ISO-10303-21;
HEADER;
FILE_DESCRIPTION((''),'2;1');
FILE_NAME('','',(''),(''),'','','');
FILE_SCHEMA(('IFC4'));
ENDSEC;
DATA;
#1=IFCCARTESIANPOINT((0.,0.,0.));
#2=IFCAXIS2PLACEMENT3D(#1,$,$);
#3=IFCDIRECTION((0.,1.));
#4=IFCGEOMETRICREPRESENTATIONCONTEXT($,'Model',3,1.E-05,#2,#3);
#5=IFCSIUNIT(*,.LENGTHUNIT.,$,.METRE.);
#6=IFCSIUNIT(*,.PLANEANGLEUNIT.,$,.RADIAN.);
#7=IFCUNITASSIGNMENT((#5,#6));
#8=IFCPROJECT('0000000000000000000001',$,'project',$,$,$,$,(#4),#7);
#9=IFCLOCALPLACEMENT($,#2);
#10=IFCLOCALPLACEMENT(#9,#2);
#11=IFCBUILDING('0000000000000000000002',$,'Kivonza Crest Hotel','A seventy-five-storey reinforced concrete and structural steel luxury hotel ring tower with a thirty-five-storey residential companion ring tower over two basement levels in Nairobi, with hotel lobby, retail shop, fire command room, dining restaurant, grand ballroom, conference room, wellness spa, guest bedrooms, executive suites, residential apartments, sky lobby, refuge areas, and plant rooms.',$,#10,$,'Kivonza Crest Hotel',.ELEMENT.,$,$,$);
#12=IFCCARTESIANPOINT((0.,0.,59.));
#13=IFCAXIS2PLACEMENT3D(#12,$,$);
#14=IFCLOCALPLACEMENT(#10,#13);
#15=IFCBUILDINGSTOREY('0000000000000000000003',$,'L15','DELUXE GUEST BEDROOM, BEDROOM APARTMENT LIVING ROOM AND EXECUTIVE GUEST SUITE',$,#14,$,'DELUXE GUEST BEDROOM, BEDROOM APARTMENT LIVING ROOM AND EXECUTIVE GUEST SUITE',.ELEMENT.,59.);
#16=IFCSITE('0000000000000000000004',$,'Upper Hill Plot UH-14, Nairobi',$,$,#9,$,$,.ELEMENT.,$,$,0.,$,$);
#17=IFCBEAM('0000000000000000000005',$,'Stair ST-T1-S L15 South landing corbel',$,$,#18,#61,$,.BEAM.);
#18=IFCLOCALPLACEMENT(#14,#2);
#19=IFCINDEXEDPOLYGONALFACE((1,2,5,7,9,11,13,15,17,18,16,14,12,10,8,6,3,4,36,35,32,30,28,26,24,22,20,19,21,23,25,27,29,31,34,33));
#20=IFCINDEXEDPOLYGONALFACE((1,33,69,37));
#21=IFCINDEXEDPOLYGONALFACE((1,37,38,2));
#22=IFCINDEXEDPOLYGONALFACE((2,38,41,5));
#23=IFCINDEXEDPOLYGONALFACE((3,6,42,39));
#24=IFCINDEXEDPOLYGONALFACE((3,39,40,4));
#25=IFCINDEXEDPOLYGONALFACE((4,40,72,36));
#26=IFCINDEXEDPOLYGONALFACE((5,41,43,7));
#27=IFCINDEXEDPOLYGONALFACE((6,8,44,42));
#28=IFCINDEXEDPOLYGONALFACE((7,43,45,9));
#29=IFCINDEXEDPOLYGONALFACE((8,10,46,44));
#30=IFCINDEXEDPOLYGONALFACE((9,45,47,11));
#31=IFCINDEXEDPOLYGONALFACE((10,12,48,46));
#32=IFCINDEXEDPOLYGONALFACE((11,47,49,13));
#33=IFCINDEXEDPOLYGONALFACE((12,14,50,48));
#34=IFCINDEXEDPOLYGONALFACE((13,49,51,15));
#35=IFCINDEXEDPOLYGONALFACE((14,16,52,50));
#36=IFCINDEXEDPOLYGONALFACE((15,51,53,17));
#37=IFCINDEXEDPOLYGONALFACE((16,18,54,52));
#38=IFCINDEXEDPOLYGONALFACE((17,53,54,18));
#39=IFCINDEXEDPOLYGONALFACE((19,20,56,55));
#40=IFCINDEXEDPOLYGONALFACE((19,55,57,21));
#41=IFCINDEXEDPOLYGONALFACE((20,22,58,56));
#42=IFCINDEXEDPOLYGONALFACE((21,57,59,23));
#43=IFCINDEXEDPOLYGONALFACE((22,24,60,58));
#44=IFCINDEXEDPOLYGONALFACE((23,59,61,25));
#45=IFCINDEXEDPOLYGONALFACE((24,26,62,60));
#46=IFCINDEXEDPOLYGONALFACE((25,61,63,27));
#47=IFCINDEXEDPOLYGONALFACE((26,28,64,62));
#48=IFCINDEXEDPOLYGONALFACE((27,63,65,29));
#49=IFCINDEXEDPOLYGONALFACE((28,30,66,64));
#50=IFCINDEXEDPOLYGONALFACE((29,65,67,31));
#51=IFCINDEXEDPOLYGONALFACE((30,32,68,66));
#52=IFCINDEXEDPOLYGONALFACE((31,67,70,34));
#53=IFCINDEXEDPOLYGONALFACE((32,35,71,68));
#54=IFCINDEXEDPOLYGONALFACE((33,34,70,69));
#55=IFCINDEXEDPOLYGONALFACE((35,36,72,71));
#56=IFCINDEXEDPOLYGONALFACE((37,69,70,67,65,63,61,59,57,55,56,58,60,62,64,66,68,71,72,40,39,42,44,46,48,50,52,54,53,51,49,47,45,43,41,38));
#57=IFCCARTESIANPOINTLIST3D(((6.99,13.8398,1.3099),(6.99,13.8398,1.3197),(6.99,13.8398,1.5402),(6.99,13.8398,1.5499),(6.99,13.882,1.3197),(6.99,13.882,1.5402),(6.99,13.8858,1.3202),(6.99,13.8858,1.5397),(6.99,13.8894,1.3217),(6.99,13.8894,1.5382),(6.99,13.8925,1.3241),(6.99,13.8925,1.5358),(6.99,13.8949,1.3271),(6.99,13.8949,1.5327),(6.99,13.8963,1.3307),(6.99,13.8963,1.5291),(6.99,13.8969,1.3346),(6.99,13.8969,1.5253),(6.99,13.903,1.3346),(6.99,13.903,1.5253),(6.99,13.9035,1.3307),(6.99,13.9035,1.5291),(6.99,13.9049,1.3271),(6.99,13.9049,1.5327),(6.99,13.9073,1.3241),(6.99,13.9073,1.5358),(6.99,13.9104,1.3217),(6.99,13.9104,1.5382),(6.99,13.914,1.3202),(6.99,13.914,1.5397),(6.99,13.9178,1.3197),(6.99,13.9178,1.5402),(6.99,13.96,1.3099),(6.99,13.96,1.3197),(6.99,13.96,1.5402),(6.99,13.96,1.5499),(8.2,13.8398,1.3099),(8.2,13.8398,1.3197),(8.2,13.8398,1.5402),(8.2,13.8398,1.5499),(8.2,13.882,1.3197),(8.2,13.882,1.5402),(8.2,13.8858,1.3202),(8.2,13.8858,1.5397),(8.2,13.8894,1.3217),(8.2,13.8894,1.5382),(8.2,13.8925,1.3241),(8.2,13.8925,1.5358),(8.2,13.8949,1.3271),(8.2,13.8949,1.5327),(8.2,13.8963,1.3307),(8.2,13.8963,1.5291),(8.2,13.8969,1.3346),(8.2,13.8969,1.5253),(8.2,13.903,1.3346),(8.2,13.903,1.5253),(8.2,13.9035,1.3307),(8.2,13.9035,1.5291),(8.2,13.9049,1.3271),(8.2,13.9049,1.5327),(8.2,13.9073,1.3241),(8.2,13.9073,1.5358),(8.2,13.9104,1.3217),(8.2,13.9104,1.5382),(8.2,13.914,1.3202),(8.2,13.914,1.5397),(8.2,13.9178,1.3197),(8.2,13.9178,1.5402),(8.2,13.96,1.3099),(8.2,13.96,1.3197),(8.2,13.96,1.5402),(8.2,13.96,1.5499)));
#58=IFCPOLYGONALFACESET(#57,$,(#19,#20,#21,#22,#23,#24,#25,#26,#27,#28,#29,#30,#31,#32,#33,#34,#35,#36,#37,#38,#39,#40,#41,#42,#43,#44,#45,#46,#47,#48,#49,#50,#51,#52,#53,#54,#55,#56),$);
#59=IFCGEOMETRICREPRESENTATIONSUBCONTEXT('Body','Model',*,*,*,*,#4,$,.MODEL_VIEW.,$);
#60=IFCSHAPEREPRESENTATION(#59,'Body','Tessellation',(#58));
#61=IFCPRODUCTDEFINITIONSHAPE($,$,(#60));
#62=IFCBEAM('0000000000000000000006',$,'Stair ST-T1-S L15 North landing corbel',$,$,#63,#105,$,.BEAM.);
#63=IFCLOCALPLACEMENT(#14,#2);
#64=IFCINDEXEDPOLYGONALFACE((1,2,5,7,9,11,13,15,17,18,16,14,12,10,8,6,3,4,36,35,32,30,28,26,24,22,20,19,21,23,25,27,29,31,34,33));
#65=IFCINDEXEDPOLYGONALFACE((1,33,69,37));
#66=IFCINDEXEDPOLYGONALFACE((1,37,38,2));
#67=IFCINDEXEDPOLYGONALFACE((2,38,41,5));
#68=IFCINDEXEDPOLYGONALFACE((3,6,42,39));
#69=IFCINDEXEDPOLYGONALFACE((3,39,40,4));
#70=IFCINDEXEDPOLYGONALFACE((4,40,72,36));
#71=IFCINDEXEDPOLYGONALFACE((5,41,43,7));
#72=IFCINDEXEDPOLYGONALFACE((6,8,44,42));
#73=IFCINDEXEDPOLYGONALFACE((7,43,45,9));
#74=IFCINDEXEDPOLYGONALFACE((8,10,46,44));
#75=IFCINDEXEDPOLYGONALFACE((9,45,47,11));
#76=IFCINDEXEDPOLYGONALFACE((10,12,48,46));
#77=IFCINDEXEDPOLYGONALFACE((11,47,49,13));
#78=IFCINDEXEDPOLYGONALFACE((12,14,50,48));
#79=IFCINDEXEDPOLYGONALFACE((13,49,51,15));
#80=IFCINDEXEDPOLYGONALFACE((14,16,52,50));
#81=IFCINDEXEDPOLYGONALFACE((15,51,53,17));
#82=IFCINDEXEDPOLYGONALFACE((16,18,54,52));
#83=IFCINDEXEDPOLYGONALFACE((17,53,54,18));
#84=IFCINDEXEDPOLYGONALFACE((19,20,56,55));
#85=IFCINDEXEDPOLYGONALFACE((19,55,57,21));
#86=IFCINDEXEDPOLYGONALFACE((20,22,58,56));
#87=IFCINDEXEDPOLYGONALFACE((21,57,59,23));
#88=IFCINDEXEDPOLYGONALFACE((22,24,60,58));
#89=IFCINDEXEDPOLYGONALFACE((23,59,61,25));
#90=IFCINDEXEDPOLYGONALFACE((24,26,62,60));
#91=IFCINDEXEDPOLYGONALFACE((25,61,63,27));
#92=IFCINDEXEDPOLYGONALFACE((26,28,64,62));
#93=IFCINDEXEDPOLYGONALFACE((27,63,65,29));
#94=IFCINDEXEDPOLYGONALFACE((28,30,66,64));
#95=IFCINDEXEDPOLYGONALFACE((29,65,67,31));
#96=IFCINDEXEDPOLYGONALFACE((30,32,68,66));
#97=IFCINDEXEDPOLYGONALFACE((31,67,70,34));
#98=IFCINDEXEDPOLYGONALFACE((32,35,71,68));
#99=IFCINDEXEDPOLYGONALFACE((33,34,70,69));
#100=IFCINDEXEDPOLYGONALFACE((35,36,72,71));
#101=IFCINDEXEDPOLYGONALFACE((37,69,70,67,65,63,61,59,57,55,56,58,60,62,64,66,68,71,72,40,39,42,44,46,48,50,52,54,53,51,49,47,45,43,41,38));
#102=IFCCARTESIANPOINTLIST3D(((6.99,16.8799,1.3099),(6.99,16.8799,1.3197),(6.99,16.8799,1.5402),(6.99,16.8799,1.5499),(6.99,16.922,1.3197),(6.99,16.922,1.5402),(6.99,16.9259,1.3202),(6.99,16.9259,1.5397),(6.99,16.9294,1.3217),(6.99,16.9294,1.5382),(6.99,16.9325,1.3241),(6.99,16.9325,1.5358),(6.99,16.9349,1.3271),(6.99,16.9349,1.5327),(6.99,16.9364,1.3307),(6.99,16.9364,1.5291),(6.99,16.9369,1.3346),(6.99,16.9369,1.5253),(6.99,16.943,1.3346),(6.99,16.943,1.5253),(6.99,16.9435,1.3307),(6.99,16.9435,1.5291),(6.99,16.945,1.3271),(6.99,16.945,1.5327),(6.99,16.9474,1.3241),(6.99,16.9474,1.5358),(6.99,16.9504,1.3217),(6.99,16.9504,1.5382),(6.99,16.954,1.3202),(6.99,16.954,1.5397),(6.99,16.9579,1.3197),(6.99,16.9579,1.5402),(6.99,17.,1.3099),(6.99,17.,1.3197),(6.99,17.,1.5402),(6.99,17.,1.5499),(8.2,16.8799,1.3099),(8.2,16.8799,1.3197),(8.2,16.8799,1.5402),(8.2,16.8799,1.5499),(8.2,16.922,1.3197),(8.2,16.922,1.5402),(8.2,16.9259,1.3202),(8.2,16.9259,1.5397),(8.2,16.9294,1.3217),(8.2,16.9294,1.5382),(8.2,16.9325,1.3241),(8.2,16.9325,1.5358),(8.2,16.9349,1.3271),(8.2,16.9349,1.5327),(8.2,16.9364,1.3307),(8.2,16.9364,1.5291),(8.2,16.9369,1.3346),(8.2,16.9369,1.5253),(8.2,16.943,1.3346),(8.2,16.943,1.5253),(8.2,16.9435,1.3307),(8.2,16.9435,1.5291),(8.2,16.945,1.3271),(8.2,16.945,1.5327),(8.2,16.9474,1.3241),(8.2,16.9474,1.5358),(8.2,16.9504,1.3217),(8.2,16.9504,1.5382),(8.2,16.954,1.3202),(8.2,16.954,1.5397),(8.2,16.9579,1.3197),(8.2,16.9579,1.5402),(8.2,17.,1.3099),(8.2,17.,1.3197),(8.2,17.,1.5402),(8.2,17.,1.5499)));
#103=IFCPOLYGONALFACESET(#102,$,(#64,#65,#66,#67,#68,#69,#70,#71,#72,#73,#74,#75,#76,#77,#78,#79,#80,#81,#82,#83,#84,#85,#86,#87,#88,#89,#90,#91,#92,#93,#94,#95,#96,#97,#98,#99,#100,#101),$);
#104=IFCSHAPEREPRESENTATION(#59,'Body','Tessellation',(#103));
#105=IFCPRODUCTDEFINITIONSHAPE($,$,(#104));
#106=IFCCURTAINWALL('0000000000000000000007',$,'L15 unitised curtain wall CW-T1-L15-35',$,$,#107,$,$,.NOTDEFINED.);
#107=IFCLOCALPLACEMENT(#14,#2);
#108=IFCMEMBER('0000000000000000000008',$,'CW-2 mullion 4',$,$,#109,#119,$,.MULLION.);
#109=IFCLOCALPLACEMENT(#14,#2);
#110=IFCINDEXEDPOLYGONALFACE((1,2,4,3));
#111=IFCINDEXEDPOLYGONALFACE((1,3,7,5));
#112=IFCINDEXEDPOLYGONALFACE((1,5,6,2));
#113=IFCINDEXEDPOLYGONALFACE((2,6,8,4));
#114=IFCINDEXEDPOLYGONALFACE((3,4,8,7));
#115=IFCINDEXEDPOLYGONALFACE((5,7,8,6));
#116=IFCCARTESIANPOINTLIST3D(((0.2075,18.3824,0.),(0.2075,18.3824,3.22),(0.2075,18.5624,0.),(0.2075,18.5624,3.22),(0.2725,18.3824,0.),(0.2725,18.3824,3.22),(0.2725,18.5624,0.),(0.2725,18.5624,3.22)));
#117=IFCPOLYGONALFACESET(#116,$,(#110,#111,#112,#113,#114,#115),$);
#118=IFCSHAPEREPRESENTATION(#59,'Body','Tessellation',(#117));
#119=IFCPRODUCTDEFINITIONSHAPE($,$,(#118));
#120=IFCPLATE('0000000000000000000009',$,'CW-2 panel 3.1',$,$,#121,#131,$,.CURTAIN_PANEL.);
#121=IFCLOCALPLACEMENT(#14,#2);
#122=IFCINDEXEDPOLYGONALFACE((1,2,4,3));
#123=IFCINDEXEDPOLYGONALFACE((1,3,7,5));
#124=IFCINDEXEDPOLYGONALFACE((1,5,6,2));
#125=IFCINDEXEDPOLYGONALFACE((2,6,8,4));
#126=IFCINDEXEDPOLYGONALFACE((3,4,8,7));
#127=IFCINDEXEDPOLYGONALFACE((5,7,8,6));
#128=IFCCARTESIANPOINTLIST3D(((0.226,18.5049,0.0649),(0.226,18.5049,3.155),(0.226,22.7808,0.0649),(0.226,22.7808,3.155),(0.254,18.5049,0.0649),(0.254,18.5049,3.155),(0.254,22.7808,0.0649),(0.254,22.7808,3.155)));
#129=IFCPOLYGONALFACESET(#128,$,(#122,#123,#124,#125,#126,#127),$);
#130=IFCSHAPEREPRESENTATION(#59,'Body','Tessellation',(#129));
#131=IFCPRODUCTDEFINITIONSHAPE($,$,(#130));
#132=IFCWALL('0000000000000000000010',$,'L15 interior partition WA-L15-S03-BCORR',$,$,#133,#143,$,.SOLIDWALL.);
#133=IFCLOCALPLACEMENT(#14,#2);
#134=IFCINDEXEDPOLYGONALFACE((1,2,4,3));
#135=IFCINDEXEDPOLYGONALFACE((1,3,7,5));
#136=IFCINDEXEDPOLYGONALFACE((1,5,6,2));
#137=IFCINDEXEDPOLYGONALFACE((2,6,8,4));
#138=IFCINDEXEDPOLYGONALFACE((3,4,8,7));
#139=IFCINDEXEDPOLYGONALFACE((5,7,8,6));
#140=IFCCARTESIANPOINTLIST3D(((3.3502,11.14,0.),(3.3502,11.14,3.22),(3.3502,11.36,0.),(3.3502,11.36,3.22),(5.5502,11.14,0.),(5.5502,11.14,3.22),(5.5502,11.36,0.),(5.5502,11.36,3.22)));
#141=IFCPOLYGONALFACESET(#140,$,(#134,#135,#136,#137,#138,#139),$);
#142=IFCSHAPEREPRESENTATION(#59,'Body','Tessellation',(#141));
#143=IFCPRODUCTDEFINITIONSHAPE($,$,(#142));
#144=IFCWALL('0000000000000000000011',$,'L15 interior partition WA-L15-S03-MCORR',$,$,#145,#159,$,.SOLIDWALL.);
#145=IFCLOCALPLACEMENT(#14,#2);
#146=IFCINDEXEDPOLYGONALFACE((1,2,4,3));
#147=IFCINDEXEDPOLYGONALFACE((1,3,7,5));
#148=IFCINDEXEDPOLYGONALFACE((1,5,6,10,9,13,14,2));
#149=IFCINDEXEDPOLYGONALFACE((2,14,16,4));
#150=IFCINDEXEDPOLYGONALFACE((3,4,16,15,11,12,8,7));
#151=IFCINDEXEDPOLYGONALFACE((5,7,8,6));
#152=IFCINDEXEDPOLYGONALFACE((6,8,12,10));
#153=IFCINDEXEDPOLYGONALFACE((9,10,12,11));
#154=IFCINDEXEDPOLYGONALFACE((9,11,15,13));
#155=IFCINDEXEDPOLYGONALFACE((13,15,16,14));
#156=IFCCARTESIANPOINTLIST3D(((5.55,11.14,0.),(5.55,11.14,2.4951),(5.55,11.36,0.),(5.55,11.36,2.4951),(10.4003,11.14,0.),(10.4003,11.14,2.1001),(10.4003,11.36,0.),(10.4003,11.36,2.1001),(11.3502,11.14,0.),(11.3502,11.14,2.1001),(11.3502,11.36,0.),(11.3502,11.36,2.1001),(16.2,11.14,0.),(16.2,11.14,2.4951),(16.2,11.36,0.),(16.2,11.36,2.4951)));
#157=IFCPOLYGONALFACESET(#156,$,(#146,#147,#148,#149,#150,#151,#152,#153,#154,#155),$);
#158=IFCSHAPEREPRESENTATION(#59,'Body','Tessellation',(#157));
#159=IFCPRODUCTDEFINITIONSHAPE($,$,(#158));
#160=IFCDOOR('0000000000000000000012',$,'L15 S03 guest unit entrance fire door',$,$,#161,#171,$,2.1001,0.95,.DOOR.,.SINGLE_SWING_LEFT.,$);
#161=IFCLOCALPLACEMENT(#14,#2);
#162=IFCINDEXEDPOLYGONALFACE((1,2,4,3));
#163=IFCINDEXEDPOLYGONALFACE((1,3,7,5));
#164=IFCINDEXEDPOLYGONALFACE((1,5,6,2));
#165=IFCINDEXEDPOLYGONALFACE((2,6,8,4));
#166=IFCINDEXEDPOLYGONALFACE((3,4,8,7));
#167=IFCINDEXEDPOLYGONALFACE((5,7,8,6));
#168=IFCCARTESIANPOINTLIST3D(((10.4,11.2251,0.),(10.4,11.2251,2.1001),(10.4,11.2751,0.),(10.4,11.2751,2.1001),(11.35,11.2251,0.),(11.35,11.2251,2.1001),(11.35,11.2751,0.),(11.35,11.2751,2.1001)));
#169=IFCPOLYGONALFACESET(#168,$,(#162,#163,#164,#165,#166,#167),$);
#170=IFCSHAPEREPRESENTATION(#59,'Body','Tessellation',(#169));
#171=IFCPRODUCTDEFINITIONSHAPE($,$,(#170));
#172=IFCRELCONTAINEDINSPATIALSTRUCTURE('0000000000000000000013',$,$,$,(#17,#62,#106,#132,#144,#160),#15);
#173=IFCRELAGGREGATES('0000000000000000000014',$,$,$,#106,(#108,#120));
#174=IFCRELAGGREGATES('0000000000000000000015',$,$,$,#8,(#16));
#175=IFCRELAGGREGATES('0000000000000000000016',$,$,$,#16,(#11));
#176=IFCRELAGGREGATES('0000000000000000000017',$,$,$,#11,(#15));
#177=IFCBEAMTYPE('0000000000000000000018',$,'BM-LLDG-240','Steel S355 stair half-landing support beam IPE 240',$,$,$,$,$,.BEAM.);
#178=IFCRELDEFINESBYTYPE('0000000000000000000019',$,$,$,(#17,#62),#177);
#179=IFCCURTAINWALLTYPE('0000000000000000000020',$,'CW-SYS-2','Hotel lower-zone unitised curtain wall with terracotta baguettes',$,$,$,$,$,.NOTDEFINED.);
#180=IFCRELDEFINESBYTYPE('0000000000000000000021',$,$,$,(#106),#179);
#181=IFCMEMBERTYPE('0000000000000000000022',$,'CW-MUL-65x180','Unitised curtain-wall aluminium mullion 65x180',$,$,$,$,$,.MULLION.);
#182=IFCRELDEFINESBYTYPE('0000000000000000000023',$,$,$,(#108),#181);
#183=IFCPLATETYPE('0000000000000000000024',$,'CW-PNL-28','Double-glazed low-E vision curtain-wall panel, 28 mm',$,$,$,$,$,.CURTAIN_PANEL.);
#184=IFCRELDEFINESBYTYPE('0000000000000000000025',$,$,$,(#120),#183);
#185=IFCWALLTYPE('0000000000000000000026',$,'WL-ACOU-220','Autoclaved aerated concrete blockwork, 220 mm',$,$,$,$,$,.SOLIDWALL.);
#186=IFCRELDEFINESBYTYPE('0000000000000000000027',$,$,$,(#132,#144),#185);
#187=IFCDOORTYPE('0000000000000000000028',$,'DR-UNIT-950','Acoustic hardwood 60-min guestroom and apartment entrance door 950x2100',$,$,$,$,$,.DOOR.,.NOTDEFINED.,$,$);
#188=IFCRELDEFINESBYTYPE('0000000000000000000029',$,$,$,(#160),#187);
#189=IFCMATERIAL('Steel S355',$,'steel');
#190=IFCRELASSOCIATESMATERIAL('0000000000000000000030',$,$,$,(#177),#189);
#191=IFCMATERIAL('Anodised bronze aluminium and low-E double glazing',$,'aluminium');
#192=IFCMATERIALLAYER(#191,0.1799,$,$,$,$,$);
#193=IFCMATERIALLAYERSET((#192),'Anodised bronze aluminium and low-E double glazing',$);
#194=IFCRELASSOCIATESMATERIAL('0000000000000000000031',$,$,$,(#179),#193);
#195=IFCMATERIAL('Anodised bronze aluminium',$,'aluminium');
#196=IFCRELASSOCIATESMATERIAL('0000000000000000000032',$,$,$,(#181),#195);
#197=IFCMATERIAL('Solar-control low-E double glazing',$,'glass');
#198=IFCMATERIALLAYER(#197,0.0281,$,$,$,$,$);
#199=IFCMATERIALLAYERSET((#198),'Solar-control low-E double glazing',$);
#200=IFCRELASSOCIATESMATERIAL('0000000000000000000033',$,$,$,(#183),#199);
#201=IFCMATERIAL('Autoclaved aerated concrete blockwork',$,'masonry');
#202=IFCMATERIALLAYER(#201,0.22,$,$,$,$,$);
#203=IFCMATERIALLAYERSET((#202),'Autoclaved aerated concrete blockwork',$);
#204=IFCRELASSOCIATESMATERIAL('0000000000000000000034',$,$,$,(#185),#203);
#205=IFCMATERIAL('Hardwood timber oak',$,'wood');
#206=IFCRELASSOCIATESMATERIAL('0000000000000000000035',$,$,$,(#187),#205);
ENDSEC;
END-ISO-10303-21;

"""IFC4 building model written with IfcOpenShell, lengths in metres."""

from ifc_helpers import new_model, si_unit, direction, frame, frame_2d, origin, origin_2d, place, context, subcontext, project, spatial, rectangle, i_section, extrude, material, layer, layer_set, material_profile, profile_set, type_object, element, fill, aggregate, save


model = new_model("IFC4")

# Units and contexts
model_context = context("Model", 3, precision=1e-05, world=origin(), true_north=direction((0.0, 1.0)))
body_context = subcontext(model_context, "Body", "Model", "MODEL_VIEW")
ifc_project = project(units=[si_unit("LENGTHUNIT", "METRE"), si_unit("PLANEANGLEUNIT", "RADIAN")], contexts=[model_context])

# Site, building, storey
site_placement = place(None, origin())
site = spatial("IfcSite", under=ifc_project, at=site_placement, Name="Upper Hill Plot UH-14, Nairobi", CompositionType="ELEMENT", RefElevation=0.0)
building_placement = place(site_placement, origin())
building = spatial("IfcBuilding", under=site, at=building_placement, Name="Kivonza Crest Hotel", Description="A seventy-five-storey reinforced concrete and structural steel luxury hotel ring tower with a thirty-five-storey residential companion ring tower over two basement levels in Nairobi, with hotel lobby, retail shop, fire command room, dining restaurant, grand ballroom, conference room, wellness spa, guest bedrooms, executive suites, residential apartments, sky lobby, refuge areas, and plant rooms.", LongName="Kivonza Crest Hotel", CompositionType="ELEMENT")
storey_placement = place(building_placement, frame((0.0, 0.0, 59.0)))
storey = spatial("IfcBuildingStorey", under=building, at=storey_placement, Name="L15", Description="DELUXE GUEST BEDROOM, BEDROOM APARTMENT LIVING ROOM AND EXECUTIVE GUEST SUITE", LongName="DELUXE GUEST BEDROOM, BEDROOM APARTMENT LIVING ROOM AND EXECUTIVE GUEST SUITE", CompositionType="ELEMENT", Elevation=59.0)

# Beams
ifc_material_1 = material(Name="Steel S355", Category="steel")
ifc_material_profile_1 = material_profile(ifc_material_1, i_section(OverallWidth=0.1201, OverallDepth=0.24, WebThickness=0.0061, FlangeThickness=0.0098, FilletRadius=0.0149, at=origin_2d()), Name="IPE 240")
ifc_profile_set_1 = profile_set([ifc_material_profile_1], Name="Steel S355")
beam_type_1 = type_object("IfcBeamType", Name="BM-LLDG-240", Description="Steel S355 stair half-landing support beam IPE 240", PredefinedType="BEAM", material=ifc_profile_set_1)
for number, where, z_axis, x_axis, name in (
    (1, (6.99, 13.8999, 1.4299), (1.0, 0.0, 0.0), (0.0, 1.0, 0.0), "Stair ST-T1-S L15 South landing corbel"),
    (2, (6.99, 16.9399, 1.4299), (1.0, 0.0, 0.0), (0.0, 1.0, 0.0), "Stair ST-T1-S L15 North landing corbel"),
):
    element("IfcBeam", number, at=place(storey_placement, frame(where, z_axis=z_axis, x_axis=x_axis)), inside=storey, type_object=beam_type_1, Name=name, PredefinedType="BEAM", context=body_context, shape_type="SweptSolid", body=[
        extrude(i_section(OverallWidth=0.1201, OverallDepth=0.24, WebThickness=0.0061, FlangeThickness=0.0098, FilletRadius=0.0149, at=origin_2d()), origin(), (0.0, 0.0, 1.0), 1.21),
    ])

# Curtain wall, member, plate
ifc_material_2 = material(Name="Anodised bronze aluminium and low-E double glazing", Category="aluminium")
ifc_layer_1 = layer(ifc_material_2, 0.1799)
ifc_layer_set_1 = layer_set([ifc_layer_1], Name="Anodised bronze aluminium and low-E double glazing")
curtain_wall_type = type_object("IfcCurtainWallType", Name="CW-SYS-2", Description="Hotel lower-zone unitised curtain wall with terracotta baguettes", PredefinedType="NOTDEFINED", material=ifc_layer_set_1)
curtain_wall_placement = place(storey_placement, origin())
curtain_wall = element("IfcCurtainWall", 3, at=curtain_wall_placement, inside=storey, type_object=curtain_wall_type, Name="L15 unitised curtain wall CW-T1-L15-35", PredefinedType="NOTDEFINED")
ifc_material_3 = material(Name="Anodised bronze aluminium", Category="aluminium")
ifc_material_profile_2 = material_profile(ifc_material_3, rectangle(XDim=0.0649, YDim=0.1799, at=origin_2d()), Name="CW-M 65x180")
ifc_profile_set_2 = profile_set([ifc_material_profile_2], Name="Anodised bronze aluminium")
member_type = type_object("IfcMemberType", Name="CW-MUL-65x180", Description="Unitised curtain-wall aluminium mullion 65x180", PredefinedType="MULLION", material=ifc_profile_set_2)
member_placement = place(storey_placement, frame((0.24, 18.4724, 0.0), z_axis=(0.0, 0.0, 1.0), x_axis=(1.0, 0.0, 0.0)))
member = element("IfcMember", 4, at=member_placement, type_object=member_type, Name="CW-2 mullion 4", PredefinedType="MULLION", context=body_context, shape_type="SweptSolid", body=[
    extrude(rectangle(XDim=0.0649, YDim=0.1799, at=origin_2d()), origin(), (0.0, 0.0, 1.0), 3.22),
])
ifc_material_4 = material(Name="Solar-control low-E double glazing", Category="glass")
ifc_layer_2 = layer(ifc_material_4, 0.0281)
ifc_layer_set_2 = layer_set([ifc_layer_2], Name="Solar-control low-E double glazing")
plate_type = type_object("IfcPlateType", Name="CW-PNL-28", Description="Double-glazed low-E vision curtain-wall panel, 28 mm", PredefinedType="CURTAIN_PANEL", material=ifc_layer_set_2)
plate_placement = place(storey_placement, frame((0.24, 20.6428, 0.0649), z_axis=(0.0, 0.0, 1.0), x_axis=(0.0, -1.0, 0.0)))
plate = element("IfcPlate", 5, at=plate_placement, type_object=plate_type, Name="CW-2 panel 3.1", PredefinedType="CURTAIN_PANEL", context=body_context, shape_type="SweptSolid", body=[
    extrude(rectangle(XDim=4.2759, YDim=0.0281, at=origin_2d()), origin(), (0.0, 0.0, 1.0), 3.0901),
])
aggregate(curtain_wall, [member, plate])

# Wall
ifc_material_5 = material(Name="Autoclaved aerated concrete blockwork", Category="masonry")
ifc_layer_3 = layer(ifc_material_5, 0.22)
ifc_layer_set_3 = layer_set([ifc_layer_3], Name="Autoclaved aerated concrete blockwork")
wall_type_1 = type_object("IfcWallType", Name="WL-ACOU-220", Description="Autoclaved aerated concrete blockwork, 220 mm", PredefinedType="SOLIDWALL", material=ifc_layer_set_3)
wall_1_placement = place(storey_placement, frame((3.3501, 11.25, 0.0), z_axis=(0.0, 0.0, 1.0), x_axis=(1.0, 0.0, 0.0)))
element("IfcWall", 6, at=wall_1_placement, inside=storey, type_object=wall_type_1, Name="L15 interior partition WA-L15-S03-BCORR", PredefinedType="SOLIDWALL", context=body_context, shape_type="SweptSolid", body=[
    extrude(rectangle(XDim=2.2, YDim=0.22, at=frame_2d((1.1001, 0.0))), origin(), (0.0, 0.0, 1.0), 3.22),
])

# Wall, opening, door
wall_2_placement = place(storey_placement, frame((5.55, 11.25, 0.0), z_axis=(0.0, 0.0, 1.0), x_axis=(1.0, 0.0, 0.0)))
wall_2 = element("IfcWall", 7, at=wall_2_placement, inside=storey, type_object=wall_type_1, Name="L15 interior partition WA-L15-S03-MCORR", PredefinedType="SOLIDWALL", context=body_context, shape_type="SweptSolid", body=[
    extrude(rectangle(XDim=10.6499, YDim=0.22, at=frame_2d((5.325, 0.0))), origin(), (0.0, 0.0, 1.0), 2.4951),
])
opening_1_placement = place(wall_2_placement, frame((4.8501, 0.0, 0.0)))
opening_1 = element("IfcOpeningElement", 8, at=opening_1_placement, cuts=wall_2, PredefinedType="OPENING", context=body_context, shape_type="SweptSolid", body=[
    extrude(rectangle(XDim=0.95, YDim=2.1001, at=frame_2d((0.4751, 1.05))), frame((0.0, 0.1201, 0.0), z_axis=(0.0, -1.0, 0.0), x_axis=(1.0, 0.0, 0.0)), (0.0, 0.0, 1.0), 0.24),
])
ifc_material_6 = material(Name="Hardwood timber oak", Category="wood")
door_type_1 = type_object("IfcDoorType", Name="DR-UNIT-950", Description="Acoustic hardwood 60-min guestroom and apartment entrance door 950x2100", OperationType="NOTDEFINED", PredefinedType="DOOR", material=ifc_material_6)
door_1_placement = place(opening_1_placement, frame((0.95, 0.0, 0.0), z_axis=(0.0, 0.0, 1.0), x_axis=(-1.0, 0.0, 0.0)))
door_1 = element("IfcDoor", 9, at=door_1_placement, inside=storey, type_object=door_type_1, Name="L15 S03 guest unit entrance fire door", OperationType="SINGLE_SWING_LEFT", OverallHeight=2.1001, OverallWidth=0.95, PredefinedType="DOOR", context=body_context, shape_type="SweptSolid", body=[
    extrude(rectangle(XDim=0.95, YDim=2.1001, at=frame_2d((0.4751, 1.05))), frame((0.0, 0.0249, 0.0), z_axis=(0.0, -1.0, 0.0), x_axis=(1.0, 0.0, 0.0)), (0.0, 0.0, 1.0), 0.05),
])
fill(opening_1, door_1)

save(model, "model.ifc")
